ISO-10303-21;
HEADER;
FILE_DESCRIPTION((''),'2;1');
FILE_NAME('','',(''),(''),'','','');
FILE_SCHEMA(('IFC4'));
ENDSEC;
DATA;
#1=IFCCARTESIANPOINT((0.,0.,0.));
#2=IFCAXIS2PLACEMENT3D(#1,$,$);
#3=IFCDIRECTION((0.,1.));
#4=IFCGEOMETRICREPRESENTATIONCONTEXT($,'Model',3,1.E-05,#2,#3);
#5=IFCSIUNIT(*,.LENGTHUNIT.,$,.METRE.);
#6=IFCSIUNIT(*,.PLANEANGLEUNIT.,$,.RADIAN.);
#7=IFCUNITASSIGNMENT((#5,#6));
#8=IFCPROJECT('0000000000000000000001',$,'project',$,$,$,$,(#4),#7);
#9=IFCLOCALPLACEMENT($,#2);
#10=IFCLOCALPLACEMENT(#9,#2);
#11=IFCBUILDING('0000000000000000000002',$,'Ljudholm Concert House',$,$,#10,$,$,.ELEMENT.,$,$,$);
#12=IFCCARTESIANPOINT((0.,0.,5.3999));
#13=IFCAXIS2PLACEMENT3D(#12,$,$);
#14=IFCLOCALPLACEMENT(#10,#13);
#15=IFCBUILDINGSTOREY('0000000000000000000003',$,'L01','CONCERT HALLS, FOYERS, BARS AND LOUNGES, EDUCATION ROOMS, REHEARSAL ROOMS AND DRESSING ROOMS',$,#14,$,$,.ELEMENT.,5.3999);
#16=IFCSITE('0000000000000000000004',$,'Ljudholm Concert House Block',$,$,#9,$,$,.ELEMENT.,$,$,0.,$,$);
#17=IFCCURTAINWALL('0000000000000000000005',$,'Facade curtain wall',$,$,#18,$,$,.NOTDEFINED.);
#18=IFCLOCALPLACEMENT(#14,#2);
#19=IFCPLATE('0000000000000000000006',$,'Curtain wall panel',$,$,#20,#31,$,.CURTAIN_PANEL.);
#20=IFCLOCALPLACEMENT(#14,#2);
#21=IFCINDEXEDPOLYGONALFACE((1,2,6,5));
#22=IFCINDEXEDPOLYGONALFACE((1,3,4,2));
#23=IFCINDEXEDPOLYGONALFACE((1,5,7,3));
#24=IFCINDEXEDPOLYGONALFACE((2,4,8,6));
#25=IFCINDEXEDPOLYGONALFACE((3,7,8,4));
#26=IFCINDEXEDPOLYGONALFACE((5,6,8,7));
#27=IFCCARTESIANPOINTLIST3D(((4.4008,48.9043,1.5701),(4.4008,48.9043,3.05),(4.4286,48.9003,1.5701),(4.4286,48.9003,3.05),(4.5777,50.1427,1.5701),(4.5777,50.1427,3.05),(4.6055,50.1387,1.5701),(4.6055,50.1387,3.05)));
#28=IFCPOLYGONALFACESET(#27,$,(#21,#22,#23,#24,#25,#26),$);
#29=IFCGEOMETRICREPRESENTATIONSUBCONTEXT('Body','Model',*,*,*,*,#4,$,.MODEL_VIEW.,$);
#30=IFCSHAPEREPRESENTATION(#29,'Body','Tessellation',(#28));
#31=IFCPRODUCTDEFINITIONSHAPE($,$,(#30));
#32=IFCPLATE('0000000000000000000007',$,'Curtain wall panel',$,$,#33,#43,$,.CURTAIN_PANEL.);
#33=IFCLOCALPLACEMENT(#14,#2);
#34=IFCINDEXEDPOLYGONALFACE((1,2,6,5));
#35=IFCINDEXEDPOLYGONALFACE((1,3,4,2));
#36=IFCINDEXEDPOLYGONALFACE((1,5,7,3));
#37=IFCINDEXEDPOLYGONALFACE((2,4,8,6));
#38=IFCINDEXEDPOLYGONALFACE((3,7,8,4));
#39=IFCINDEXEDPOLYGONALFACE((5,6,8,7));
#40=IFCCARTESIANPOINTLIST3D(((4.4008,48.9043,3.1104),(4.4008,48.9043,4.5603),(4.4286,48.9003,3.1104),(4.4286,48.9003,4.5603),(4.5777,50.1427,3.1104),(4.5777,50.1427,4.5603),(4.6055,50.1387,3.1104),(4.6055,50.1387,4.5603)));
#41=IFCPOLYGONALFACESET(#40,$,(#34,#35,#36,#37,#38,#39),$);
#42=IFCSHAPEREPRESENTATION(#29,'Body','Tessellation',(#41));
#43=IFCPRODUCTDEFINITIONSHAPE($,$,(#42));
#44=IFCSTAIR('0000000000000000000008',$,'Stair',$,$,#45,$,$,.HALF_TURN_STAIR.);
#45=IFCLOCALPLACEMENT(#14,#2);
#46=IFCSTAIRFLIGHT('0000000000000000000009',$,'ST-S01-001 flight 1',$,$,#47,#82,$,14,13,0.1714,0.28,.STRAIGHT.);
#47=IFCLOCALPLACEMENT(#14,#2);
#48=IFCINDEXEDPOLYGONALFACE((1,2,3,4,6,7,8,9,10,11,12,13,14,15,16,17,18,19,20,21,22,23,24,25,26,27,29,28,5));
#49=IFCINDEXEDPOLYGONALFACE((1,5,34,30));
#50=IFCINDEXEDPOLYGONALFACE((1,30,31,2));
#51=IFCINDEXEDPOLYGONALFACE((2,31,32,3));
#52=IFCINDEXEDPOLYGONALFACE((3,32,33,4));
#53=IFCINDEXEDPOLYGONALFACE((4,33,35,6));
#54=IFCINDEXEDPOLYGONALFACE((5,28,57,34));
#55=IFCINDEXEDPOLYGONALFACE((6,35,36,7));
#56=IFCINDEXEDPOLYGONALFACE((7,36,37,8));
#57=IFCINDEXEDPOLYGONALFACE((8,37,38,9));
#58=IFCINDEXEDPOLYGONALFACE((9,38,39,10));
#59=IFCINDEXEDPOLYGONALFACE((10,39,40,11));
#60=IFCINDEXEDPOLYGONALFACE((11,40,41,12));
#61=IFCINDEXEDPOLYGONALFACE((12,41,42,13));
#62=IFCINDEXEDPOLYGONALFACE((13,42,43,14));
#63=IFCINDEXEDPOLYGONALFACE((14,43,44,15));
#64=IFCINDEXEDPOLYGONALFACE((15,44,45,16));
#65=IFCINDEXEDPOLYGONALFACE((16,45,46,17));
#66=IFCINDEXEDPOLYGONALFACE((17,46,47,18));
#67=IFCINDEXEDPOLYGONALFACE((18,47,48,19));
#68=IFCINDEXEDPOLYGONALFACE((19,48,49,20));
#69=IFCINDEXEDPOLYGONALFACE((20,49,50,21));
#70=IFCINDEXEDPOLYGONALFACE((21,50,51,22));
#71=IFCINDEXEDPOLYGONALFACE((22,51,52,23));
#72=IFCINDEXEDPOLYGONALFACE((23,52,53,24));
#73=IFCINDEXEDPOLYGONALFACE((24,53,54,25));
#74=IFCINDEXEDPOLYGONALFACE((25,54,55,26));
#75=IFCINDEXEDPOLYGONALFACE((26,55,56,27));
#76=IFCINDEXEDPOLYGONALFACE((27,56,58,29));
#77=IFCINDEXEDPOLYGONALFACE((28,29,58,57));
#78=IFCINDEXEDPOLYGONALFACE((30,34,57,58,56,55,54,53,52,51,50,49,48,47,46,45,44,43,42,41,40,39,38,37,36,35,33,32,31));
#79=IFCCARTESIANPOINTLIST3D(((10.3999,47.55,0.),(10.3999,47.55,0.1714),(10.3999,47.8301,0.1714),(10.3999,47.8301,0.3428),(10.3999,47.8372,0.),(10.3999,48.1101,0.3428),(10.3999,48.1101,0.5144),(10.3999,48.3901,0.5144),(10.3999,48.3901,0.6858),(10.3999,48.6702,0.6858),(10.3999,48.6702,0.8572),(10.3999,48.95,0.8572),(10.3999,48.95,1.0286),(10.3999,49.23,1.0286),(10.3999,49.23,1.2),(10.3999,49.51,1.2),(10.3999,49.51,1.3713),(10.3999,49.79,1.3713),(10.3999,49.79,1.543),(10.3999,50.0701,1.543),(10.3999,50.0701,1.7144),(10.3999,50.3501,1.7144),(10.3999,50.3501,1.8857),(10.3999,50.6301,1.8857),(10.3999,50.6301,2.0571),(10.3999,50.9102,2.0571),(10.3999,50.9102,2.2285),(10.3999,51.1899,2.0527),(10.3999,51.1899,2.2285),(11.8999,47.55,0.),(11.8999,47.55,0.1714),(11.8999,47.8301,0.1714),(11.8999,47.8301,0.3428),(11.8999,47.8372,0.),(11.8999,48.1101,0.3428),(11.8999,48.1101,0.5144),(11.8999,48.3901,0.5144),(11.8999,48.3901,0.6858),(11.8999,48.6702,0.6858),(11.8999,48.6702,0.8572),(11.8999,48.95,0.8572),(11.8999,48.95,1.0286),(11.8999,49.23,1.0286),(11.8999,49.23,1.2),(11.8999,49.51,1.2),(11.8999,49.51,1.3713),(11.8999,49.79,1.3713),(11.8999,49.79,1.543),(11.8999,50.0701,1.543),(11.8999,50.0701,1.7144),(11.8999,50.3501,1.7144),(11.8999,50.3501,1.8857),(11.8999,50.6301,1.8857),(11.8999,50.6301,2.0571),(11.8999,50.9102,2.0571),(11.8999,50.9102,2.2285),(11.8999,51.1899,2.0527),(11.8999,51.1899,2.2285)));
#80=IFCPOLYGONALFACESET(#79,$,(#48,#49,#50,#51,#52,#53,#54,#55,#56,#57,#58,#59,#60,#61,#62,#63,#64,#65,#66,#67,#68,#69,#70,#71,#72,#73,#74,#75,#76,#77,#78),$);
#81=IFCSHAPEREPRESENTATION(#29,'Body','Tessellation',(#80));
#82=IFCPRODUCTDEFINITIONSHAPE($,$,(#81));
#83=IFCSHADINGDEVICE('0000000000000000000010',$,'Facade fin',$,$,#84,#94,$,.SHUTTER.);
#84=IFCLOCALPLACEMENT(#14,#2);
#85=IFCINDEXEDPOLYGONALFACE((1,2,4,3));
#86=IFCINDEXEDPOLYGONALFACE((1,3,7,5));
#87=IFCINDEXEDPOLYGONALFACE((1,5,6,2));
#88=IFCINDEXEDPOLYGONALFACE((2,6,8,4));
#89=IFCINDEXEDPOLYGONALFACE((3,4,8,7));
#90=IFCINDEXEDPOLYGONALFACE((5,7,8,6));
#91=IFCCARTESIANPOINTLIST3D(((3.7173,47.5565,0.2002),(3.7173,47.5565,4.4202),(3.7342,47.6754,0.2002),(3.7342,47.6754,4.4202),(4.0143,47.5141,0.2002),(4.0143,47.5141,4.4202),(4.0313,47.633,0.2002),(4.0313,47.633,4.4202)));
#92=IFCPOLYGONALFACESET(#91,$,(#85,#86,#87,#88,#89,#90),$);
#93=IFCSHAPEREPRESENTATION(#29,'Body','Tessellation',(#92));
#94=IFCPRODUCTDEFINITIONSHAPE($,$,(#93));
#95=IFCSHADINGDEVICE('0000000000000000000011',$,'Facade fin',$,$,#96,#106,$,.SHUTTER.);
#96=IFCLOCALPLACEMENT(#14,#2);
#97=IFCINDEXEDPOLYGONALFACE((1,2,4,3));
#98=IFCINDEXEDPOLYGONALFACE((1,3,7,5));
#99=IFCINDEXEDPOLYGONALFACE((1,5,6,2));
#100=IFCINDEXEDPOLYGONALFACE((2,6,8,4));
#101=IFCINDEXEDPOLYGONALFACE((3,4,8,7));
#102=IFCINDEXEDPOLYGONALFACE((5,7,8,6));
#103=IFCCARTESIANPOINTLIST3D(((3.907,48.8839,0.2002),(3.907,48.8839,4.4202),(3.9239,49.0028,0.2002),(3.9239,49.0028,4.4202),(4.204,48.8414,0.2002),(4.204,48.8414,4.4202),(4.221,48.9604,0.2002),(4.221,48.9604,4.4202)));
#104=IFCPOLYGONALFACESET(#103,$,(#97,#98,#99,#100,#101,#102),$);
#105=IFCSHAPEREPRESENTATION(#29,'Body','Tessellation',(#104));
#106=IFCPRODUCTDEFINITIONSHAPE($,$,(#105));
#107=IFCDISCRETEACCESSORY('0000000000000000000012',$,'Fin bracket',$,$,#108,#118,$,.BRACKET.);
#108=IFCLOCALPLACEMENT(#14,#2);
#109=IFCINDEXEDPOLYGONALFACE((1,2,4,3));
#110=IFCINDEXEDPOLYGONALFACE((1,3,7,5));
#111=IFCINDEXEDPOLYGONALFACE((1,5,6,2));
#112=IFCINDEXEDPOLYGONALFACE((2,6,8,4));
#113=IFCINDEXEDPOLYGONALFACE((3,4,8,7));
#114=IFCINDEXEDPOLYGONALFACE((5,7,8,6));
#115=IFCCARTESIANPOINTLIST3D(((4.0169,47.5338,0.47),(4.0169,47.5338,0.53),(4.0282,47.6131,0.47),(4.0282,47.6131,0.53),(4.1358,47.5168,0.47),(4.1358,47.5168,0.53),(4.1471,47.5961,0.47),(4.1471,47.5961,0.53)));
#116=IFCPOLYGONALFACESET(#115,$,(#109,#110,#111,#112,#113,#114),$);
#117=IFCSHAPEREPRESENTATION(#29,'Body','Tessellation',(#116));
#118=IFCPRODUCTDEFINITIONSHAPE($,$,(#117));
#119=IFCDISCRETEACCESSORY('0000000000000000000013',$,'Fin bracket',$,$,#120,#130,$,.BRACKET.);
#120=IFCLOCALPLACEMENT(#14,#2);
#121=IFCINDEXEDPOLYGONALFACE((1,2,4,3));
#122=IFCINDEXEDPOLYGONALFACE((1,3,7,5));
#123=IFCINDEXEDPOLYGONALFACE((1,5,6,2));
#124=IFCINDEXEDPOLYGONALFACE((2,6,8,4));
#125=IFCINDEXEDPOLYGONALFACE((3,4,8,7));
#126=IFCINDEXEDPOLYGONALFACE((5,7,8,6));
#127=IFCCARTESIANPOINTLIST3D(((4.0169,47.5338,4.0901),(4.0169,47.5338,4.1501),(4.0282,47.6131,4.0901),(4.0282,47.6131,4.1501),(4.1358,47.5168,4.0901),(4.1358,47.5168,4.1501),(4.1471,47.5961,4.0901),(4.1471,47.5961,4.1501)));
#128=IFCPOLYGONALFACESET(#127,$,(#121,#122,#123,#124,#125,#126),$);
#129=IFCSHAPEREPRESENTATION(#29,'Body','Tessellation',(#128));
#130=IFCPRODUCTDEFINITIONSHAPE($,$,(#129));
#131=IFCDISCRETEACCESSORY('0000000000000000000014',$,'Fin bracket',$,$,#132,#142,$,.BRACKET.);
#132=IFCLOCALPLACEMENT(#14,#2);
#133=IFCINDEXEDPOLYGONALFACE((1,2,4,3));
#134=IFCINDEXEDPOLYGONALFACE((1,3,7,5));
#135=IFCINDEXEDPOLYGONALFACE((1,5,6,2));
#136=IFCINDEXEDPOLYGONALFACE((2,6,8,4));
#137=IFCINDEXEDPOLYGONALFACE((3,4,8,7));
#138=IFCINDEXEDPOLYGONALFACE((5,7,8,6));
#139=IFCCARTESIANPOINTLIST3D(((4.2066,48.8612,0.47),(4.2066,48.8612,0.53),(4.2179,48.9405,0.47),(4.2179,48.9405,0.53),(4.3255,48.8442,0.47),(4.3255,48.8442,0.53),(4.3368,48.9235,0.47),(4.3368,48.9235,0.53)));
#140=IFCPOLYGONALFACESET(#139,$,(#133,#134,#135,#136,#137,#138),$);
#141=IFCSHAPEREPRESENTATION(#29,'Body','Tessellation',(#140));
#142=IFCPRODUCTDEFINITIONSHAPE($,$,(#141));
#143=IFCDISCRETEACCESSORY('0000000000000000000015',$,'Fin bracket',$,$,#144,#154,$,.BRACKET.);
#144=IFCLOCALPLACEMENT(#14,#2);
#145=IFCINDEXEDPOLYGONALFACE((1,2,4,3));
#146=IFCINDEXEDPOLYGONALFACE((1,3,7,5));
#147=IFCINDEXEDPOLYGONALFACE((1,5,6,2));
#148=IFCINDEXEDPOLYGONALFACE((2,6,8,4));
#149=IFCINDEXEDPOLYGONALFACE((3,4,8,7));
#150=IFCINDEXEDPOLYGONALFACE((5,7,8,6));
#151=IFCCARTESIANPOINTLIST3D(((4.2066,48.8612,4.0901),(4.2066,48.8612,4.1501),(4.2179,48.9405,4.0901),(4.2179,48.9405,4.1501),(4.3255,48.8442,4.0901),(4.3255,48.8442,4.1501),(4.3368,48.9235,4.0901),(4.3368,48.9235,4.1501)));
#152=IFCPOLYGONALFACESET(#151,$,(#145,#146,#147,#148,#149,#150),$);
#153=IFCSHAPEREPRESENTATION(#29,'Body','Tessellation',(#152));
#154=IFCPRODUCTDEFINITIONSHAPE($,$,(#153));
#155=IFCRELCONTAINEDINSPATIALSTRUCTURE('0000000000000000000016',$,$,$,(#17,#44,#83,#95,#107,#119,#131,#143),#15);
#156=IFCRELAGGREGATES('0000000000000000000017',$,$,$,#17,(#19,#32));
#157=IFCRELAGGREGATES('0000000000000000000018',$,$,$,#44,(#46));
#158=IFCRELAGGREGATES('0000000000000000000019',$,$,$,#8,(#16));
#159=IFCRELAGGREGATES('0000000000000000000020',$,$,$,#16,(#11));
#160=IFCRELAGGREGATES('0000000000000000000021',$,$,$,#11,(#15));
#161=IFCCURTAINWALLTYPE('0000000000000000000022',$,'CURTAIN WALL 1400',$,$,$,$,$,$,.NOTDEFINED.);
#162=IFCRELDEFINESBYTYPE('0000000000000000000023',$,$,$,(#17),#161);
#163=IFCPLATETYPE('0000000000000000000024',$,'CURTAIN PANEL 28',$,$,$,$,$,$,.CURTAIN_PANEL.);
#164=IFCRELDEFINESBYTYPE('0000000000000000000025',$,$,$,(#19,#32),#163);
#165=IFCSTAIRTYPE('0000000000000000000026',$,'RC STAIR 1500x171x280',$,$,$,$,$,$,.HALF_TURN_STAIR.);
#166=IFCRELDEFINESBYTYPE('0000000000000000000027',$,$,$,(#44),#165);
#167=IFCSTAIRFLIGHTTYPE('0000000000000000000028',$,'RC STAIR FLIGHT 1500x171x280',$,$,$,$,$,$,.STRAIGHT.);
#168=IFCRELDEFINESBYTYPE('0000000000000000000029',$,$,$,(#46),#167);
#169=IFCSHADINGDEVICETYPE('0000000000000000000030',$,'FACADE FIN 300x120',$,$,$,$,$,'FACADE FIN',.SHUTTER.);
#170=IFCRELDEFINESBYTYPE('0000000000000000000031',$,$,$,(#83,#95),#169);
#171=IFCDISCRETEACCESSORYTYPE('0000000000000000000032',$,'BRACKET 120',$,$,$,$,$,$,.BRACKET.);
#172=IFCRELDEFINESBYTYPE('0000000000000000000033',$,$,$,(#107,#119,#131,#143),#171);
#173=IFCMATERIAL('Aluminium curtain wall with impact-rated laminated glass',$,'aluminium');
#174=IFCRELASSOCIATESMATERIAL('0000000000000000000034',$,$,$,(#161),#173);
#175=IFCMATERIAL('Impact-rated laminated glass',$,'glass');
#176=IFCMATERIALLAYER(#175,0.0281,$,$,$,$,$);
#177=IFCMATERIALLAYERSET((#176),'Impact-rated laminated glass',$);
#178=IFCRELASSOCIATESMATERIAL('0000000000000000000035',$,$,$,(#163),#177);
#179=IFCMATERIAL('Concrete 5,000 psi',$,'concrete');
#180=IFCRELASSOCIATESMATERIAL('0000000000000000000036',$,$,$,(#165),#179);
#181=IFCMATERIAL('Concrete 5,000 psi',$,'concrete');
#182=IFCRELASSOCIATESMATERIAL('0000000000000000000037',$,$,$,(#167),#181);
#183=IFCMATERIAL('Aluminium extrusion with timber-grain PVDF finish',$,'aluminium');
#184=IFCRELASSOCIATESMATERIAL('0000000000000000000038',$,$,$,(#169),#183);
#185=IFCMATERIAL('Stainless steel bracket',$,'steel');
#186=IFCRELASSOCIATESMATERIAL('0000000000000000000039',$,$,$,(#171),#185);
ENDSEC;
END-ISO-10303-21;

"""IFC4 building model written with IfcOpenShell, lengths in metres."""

from ifc_helpers import new_model, si_unit, direction, frame, origin, origin_2d, place, context, subcontext, project, spatial, polyline, rectangle, outline, extrude, material, layer, layer_set, type_object, element, aggregate, save


model = new_model("IFC4")

# Units and contexts
model_context = context("Model", 3, precision=1e-05, world=origin(), true_north=direction((0.0, 1.0)))
body_context = subcontext(model_context, "Body", "Model", "MODEL_VIEW")
ifc_project = project(units=[si_unit("LENGTHUNIT", "METRE"), si_unit("PLANEANGLEUNIT", "RADIAN")], contexts=[model_context])

# Site, building, storey
site_placement = place(None, origin())
site = spatial("IfcSite", under=ifc_project, at=site_placement, Name="Ljudholm Concert House Block", CompositionType="ELEMENT", RefElevation=0.0)
building_placement = place(site_placement, origin())
building = spatial("IfcBuilding", under=site, at=building_placement, Name="Ljudholm Concert House", CompositionType="ELEMENT")
storey_placement = place(building_placement, frame((0.0, 0.0, 5.3999)))
storey = spatial("IfcBuildingStorey", under=building, at=storey_placement, Name="L01", Description="CONCERT HALLS, FOYERS, BARS AND LOUNGES, EDUCATION ROOMS, REHEARSAL ROOMS AND DRESSING ROOMS", CompositionType="ELEMENT", Elevation=5.3999)

# Curtain wall, plates
ifc_material_1 = material(Name="Aluminium curtain wall with impact-rated laminated glass", Category="aluminium")
curtain_wall_type = type_object("IfcCurtainWallType", Name="CURTAIN WALL 1400", PredefinedType="NOTDEFINED", material=ifc_material_1)
curtain_wall_placement = place(storey_placement, origin())
curtain_wall = element("IfcCurtainWall", 1, at=curtain_wall_placement, inside=storey, type_object=curtain_wall_type, Name="Facade curtain wall", PredefinedType="NOTDEFINED")
ifc_material_2 = material(Name="Impact-rated laminated glass", Category="glass")
ifc_layer = layer(ifc_material_2, 0.0281)
ifc_layer_set = layer_set([ifc_layer], Name="Impact-rated laminated glass")
plate_type = type_object("IfcPlateType", Name="CURTAIN PANEL 28", PredefinedType="CURTAIN_PANEL", material=ifc_layer_set)
plate_1_placement = place(storey_placement, frame((4.5032, 49.5215, 1.5701), z_axis=(0.0, 0.0, 1.0), x_axis=(0.141421, 0.989949, 0.0)))
plate_1 = element("IfcPlate", 2, at=plate_1_placement, type_object=plate_type, Name="Curtain wall panel", PredefinedType="CURTAIN_PANEL", context=body_context, shape_type="SweptSolid", body=[
    extrude(rectangle(XDim=1.251, YDim=0.0281, at=origin_2d()), origin(), (0.0, 0.0, 1.0), 1.48),
])
plate_2_placement = place(storey_placement, frame((4.5032, 49.5215, 3.1104), z_axis=(0.0, 0.0, 1.0), x_axis=(0.141421, 0.989949, 0.0)))
plate_2 = element("IfcPlate", 3, at=plate_2_placement, type_object=plate_type, Name="Curtain wall panel", PredefinedType="CURTAIN_PANEL", context=body_context, shape_type="SweptSolid", body=[
    extrude(rectangle(XDim=1.251, YDim=0.0281, at=origin_2d()), origin(), (0.0, 0.0, 1.0), 1.45),
])
aggregate(curtain_wall, [plate_1, plate_2])

# Stair, stair flight
ifc_material_3 = material(Name="Concrete 5,000 psi", Category="concrete")
stair_type = type_object("IfcStairType", Name="RC STAIR 1500x171x280", PredefinedType="HALF_TURN_STAIR", material=ifc_material_3)
stair_placement = place(storey_placement, origin())
stair = element("IfcStair", 4, at=stair_placement, inside=storey, type_object=stair_type, Name="Stair", PredefinedType="HALF_TURN_STAIR")
ifc_material_4 = material(Name="Concrete 5,000 psi", Category="concrete")
stair_flight_type = type_object("IfcStairFlightType", Name="RC STAIR FLIGHT 1500x171x280", PredefinedType="STRAIGHT", material=ifc_material_4)
stair_flight_placement = place(storey_placement, frame((11.1499, 47.55, 0.0), z_axis=(0.0, 0.0, 1.0), x_axis=(0.0, 1.0, 0.0)))
stair_flight = element("IfcStairFlight", 5, at=stair_flight_placement, type_object=stair_flight_type, Name="ST-S01-001 flight 1", NumberOfRisers=14, NumberOfTreads=13, PredefinedType="STRAIGHT", RiserHeight=0.1714, TreadLength=0.28, context=body_context, shape_type="SweptSolid", body=[
    extrude(outline(polyline([(0.0, 0.0), (0.0, 0.1714), (0.28, 0.1714), (0.28, 0.3428), (0.5601, 0.3428), (0.5601, 0.5144), (0.8401, 0.5144), (0.8401, 0.6858), (1.1201, 0.6858), (1.1201, 0.8572), (1.3999, 0.8572), (1.3999, 1.0286), (1.6799, 1.0286), (1.6799, 1.2), (1.96, 1.2), (1.96, 1.3713), (2.24, 1.3713), (2.24, 1.543), (2.52, 1.543), (2.52, 1.7144), (2.8, 1.7144), (2.8, 1.8857), (3.0801, 1.8857), (3.0801, 2.0571), (3.3601, 2.0571), (3.3601, 2.2285), (3.6399, 2.2285), (3.6399, 2.3999), (3.6399, 2.0527), (0.2871, 0.0), (0.0, 0.0)])), frame((0.0, 0.75, 0.0), z_axis=(0.0, -1.0, 0.0), x_axis=(1.0, 0.0, 0.0)), (0.0, 0.0, 1.0), 1.5),
])
aggregate(stair, [stair_flight])

# Shading devices
ifc_material_5 = material(Name="Aluminium extrusion with timber-grain PVDF finish", Category="aluminium")
shading_device_type = type_object("IfcShadingDeviceType", Name="FACADE FIN 300x120", ElementType="FACADE FIN", PredefinedType="SHUTTER", material=ifc_material_5)
for number, where, z_axis, x_axis, name in (
    (6, (3.8743, 47.5947, 0.2002), (0.0, 0.0, 1.0), (-0.989949, 0.141421, 0.0), "Facade fin"),
    (7, (4.064, 48.9221, 0.2002), (0.0, 0.0, 1.0), (-0.989949, 0.141421, 0.0), "Facade fin"),
):
    element("IfcShadingDevice", number, at=place(storey_placement, frame(where, z_axis=z_axis, x_axis=x_axis)), inside=storey, type_object=shading_device_type, Name=name, PredefinedType="SHUTTER", context=body_context, shape_type="SweptSolid", body=[
        extrude(rectangle(XDim=0.3, YDim=0.1201, at=origin_2d()), origin(), (0.0, 0.0, 1.0), 4.22),
    ])

# Discrete accessories
ifc_material_6 = material(Name="Stainless steel bracket", Category="steel")
discrete_accessory_type = type_object("IfcDiscreteAccessoryType", Name="BRACKET 120", PredefinedType="BRACKET", material=ifc_material_6)
for number, where, z_axis, x_axis, name in (
    (8, (4.082, 47.5649, 0.47), (0.0, 0.0, 1.0), (-0.989949, 0.141421, 0.0), "Fin bracket"),
    (9, (4.082, 47.5649, 4.0901), (0.0, 0.0, 1.0), (-0.989949, 0.141421, 0.0), "Fin bracket"),
    (10, (4.2717, 48.8923, 0.47), (0.0, 0.0, 1.0), (-0.989949, 0.141421, 0.0), "Fin bracket"),
    (11, (4.2717, 48.8923, 4.0901), (0.0, 0.0, 1.0), (-0.989949, 0.141421, 0.0), "Fin bracket"),
):
    element("IfcDiscreteAccessory", number, at=place(storey_placement, frame(where, z_axis=z_axis, x_axis=x_axis)), inside=storey, type_object=discrete_accessory_type, Name=name, PredefinedType="BRACKET", context=body_context, shape_type="SweptSolid", body=[
        extrude(rectangle(XDim=0.1201, YDim=0.0801, at=origin_2d()), origin(), (0.0, 0.0, 1.0), 0.0601),
    ])

save(model, "model.ifc")
